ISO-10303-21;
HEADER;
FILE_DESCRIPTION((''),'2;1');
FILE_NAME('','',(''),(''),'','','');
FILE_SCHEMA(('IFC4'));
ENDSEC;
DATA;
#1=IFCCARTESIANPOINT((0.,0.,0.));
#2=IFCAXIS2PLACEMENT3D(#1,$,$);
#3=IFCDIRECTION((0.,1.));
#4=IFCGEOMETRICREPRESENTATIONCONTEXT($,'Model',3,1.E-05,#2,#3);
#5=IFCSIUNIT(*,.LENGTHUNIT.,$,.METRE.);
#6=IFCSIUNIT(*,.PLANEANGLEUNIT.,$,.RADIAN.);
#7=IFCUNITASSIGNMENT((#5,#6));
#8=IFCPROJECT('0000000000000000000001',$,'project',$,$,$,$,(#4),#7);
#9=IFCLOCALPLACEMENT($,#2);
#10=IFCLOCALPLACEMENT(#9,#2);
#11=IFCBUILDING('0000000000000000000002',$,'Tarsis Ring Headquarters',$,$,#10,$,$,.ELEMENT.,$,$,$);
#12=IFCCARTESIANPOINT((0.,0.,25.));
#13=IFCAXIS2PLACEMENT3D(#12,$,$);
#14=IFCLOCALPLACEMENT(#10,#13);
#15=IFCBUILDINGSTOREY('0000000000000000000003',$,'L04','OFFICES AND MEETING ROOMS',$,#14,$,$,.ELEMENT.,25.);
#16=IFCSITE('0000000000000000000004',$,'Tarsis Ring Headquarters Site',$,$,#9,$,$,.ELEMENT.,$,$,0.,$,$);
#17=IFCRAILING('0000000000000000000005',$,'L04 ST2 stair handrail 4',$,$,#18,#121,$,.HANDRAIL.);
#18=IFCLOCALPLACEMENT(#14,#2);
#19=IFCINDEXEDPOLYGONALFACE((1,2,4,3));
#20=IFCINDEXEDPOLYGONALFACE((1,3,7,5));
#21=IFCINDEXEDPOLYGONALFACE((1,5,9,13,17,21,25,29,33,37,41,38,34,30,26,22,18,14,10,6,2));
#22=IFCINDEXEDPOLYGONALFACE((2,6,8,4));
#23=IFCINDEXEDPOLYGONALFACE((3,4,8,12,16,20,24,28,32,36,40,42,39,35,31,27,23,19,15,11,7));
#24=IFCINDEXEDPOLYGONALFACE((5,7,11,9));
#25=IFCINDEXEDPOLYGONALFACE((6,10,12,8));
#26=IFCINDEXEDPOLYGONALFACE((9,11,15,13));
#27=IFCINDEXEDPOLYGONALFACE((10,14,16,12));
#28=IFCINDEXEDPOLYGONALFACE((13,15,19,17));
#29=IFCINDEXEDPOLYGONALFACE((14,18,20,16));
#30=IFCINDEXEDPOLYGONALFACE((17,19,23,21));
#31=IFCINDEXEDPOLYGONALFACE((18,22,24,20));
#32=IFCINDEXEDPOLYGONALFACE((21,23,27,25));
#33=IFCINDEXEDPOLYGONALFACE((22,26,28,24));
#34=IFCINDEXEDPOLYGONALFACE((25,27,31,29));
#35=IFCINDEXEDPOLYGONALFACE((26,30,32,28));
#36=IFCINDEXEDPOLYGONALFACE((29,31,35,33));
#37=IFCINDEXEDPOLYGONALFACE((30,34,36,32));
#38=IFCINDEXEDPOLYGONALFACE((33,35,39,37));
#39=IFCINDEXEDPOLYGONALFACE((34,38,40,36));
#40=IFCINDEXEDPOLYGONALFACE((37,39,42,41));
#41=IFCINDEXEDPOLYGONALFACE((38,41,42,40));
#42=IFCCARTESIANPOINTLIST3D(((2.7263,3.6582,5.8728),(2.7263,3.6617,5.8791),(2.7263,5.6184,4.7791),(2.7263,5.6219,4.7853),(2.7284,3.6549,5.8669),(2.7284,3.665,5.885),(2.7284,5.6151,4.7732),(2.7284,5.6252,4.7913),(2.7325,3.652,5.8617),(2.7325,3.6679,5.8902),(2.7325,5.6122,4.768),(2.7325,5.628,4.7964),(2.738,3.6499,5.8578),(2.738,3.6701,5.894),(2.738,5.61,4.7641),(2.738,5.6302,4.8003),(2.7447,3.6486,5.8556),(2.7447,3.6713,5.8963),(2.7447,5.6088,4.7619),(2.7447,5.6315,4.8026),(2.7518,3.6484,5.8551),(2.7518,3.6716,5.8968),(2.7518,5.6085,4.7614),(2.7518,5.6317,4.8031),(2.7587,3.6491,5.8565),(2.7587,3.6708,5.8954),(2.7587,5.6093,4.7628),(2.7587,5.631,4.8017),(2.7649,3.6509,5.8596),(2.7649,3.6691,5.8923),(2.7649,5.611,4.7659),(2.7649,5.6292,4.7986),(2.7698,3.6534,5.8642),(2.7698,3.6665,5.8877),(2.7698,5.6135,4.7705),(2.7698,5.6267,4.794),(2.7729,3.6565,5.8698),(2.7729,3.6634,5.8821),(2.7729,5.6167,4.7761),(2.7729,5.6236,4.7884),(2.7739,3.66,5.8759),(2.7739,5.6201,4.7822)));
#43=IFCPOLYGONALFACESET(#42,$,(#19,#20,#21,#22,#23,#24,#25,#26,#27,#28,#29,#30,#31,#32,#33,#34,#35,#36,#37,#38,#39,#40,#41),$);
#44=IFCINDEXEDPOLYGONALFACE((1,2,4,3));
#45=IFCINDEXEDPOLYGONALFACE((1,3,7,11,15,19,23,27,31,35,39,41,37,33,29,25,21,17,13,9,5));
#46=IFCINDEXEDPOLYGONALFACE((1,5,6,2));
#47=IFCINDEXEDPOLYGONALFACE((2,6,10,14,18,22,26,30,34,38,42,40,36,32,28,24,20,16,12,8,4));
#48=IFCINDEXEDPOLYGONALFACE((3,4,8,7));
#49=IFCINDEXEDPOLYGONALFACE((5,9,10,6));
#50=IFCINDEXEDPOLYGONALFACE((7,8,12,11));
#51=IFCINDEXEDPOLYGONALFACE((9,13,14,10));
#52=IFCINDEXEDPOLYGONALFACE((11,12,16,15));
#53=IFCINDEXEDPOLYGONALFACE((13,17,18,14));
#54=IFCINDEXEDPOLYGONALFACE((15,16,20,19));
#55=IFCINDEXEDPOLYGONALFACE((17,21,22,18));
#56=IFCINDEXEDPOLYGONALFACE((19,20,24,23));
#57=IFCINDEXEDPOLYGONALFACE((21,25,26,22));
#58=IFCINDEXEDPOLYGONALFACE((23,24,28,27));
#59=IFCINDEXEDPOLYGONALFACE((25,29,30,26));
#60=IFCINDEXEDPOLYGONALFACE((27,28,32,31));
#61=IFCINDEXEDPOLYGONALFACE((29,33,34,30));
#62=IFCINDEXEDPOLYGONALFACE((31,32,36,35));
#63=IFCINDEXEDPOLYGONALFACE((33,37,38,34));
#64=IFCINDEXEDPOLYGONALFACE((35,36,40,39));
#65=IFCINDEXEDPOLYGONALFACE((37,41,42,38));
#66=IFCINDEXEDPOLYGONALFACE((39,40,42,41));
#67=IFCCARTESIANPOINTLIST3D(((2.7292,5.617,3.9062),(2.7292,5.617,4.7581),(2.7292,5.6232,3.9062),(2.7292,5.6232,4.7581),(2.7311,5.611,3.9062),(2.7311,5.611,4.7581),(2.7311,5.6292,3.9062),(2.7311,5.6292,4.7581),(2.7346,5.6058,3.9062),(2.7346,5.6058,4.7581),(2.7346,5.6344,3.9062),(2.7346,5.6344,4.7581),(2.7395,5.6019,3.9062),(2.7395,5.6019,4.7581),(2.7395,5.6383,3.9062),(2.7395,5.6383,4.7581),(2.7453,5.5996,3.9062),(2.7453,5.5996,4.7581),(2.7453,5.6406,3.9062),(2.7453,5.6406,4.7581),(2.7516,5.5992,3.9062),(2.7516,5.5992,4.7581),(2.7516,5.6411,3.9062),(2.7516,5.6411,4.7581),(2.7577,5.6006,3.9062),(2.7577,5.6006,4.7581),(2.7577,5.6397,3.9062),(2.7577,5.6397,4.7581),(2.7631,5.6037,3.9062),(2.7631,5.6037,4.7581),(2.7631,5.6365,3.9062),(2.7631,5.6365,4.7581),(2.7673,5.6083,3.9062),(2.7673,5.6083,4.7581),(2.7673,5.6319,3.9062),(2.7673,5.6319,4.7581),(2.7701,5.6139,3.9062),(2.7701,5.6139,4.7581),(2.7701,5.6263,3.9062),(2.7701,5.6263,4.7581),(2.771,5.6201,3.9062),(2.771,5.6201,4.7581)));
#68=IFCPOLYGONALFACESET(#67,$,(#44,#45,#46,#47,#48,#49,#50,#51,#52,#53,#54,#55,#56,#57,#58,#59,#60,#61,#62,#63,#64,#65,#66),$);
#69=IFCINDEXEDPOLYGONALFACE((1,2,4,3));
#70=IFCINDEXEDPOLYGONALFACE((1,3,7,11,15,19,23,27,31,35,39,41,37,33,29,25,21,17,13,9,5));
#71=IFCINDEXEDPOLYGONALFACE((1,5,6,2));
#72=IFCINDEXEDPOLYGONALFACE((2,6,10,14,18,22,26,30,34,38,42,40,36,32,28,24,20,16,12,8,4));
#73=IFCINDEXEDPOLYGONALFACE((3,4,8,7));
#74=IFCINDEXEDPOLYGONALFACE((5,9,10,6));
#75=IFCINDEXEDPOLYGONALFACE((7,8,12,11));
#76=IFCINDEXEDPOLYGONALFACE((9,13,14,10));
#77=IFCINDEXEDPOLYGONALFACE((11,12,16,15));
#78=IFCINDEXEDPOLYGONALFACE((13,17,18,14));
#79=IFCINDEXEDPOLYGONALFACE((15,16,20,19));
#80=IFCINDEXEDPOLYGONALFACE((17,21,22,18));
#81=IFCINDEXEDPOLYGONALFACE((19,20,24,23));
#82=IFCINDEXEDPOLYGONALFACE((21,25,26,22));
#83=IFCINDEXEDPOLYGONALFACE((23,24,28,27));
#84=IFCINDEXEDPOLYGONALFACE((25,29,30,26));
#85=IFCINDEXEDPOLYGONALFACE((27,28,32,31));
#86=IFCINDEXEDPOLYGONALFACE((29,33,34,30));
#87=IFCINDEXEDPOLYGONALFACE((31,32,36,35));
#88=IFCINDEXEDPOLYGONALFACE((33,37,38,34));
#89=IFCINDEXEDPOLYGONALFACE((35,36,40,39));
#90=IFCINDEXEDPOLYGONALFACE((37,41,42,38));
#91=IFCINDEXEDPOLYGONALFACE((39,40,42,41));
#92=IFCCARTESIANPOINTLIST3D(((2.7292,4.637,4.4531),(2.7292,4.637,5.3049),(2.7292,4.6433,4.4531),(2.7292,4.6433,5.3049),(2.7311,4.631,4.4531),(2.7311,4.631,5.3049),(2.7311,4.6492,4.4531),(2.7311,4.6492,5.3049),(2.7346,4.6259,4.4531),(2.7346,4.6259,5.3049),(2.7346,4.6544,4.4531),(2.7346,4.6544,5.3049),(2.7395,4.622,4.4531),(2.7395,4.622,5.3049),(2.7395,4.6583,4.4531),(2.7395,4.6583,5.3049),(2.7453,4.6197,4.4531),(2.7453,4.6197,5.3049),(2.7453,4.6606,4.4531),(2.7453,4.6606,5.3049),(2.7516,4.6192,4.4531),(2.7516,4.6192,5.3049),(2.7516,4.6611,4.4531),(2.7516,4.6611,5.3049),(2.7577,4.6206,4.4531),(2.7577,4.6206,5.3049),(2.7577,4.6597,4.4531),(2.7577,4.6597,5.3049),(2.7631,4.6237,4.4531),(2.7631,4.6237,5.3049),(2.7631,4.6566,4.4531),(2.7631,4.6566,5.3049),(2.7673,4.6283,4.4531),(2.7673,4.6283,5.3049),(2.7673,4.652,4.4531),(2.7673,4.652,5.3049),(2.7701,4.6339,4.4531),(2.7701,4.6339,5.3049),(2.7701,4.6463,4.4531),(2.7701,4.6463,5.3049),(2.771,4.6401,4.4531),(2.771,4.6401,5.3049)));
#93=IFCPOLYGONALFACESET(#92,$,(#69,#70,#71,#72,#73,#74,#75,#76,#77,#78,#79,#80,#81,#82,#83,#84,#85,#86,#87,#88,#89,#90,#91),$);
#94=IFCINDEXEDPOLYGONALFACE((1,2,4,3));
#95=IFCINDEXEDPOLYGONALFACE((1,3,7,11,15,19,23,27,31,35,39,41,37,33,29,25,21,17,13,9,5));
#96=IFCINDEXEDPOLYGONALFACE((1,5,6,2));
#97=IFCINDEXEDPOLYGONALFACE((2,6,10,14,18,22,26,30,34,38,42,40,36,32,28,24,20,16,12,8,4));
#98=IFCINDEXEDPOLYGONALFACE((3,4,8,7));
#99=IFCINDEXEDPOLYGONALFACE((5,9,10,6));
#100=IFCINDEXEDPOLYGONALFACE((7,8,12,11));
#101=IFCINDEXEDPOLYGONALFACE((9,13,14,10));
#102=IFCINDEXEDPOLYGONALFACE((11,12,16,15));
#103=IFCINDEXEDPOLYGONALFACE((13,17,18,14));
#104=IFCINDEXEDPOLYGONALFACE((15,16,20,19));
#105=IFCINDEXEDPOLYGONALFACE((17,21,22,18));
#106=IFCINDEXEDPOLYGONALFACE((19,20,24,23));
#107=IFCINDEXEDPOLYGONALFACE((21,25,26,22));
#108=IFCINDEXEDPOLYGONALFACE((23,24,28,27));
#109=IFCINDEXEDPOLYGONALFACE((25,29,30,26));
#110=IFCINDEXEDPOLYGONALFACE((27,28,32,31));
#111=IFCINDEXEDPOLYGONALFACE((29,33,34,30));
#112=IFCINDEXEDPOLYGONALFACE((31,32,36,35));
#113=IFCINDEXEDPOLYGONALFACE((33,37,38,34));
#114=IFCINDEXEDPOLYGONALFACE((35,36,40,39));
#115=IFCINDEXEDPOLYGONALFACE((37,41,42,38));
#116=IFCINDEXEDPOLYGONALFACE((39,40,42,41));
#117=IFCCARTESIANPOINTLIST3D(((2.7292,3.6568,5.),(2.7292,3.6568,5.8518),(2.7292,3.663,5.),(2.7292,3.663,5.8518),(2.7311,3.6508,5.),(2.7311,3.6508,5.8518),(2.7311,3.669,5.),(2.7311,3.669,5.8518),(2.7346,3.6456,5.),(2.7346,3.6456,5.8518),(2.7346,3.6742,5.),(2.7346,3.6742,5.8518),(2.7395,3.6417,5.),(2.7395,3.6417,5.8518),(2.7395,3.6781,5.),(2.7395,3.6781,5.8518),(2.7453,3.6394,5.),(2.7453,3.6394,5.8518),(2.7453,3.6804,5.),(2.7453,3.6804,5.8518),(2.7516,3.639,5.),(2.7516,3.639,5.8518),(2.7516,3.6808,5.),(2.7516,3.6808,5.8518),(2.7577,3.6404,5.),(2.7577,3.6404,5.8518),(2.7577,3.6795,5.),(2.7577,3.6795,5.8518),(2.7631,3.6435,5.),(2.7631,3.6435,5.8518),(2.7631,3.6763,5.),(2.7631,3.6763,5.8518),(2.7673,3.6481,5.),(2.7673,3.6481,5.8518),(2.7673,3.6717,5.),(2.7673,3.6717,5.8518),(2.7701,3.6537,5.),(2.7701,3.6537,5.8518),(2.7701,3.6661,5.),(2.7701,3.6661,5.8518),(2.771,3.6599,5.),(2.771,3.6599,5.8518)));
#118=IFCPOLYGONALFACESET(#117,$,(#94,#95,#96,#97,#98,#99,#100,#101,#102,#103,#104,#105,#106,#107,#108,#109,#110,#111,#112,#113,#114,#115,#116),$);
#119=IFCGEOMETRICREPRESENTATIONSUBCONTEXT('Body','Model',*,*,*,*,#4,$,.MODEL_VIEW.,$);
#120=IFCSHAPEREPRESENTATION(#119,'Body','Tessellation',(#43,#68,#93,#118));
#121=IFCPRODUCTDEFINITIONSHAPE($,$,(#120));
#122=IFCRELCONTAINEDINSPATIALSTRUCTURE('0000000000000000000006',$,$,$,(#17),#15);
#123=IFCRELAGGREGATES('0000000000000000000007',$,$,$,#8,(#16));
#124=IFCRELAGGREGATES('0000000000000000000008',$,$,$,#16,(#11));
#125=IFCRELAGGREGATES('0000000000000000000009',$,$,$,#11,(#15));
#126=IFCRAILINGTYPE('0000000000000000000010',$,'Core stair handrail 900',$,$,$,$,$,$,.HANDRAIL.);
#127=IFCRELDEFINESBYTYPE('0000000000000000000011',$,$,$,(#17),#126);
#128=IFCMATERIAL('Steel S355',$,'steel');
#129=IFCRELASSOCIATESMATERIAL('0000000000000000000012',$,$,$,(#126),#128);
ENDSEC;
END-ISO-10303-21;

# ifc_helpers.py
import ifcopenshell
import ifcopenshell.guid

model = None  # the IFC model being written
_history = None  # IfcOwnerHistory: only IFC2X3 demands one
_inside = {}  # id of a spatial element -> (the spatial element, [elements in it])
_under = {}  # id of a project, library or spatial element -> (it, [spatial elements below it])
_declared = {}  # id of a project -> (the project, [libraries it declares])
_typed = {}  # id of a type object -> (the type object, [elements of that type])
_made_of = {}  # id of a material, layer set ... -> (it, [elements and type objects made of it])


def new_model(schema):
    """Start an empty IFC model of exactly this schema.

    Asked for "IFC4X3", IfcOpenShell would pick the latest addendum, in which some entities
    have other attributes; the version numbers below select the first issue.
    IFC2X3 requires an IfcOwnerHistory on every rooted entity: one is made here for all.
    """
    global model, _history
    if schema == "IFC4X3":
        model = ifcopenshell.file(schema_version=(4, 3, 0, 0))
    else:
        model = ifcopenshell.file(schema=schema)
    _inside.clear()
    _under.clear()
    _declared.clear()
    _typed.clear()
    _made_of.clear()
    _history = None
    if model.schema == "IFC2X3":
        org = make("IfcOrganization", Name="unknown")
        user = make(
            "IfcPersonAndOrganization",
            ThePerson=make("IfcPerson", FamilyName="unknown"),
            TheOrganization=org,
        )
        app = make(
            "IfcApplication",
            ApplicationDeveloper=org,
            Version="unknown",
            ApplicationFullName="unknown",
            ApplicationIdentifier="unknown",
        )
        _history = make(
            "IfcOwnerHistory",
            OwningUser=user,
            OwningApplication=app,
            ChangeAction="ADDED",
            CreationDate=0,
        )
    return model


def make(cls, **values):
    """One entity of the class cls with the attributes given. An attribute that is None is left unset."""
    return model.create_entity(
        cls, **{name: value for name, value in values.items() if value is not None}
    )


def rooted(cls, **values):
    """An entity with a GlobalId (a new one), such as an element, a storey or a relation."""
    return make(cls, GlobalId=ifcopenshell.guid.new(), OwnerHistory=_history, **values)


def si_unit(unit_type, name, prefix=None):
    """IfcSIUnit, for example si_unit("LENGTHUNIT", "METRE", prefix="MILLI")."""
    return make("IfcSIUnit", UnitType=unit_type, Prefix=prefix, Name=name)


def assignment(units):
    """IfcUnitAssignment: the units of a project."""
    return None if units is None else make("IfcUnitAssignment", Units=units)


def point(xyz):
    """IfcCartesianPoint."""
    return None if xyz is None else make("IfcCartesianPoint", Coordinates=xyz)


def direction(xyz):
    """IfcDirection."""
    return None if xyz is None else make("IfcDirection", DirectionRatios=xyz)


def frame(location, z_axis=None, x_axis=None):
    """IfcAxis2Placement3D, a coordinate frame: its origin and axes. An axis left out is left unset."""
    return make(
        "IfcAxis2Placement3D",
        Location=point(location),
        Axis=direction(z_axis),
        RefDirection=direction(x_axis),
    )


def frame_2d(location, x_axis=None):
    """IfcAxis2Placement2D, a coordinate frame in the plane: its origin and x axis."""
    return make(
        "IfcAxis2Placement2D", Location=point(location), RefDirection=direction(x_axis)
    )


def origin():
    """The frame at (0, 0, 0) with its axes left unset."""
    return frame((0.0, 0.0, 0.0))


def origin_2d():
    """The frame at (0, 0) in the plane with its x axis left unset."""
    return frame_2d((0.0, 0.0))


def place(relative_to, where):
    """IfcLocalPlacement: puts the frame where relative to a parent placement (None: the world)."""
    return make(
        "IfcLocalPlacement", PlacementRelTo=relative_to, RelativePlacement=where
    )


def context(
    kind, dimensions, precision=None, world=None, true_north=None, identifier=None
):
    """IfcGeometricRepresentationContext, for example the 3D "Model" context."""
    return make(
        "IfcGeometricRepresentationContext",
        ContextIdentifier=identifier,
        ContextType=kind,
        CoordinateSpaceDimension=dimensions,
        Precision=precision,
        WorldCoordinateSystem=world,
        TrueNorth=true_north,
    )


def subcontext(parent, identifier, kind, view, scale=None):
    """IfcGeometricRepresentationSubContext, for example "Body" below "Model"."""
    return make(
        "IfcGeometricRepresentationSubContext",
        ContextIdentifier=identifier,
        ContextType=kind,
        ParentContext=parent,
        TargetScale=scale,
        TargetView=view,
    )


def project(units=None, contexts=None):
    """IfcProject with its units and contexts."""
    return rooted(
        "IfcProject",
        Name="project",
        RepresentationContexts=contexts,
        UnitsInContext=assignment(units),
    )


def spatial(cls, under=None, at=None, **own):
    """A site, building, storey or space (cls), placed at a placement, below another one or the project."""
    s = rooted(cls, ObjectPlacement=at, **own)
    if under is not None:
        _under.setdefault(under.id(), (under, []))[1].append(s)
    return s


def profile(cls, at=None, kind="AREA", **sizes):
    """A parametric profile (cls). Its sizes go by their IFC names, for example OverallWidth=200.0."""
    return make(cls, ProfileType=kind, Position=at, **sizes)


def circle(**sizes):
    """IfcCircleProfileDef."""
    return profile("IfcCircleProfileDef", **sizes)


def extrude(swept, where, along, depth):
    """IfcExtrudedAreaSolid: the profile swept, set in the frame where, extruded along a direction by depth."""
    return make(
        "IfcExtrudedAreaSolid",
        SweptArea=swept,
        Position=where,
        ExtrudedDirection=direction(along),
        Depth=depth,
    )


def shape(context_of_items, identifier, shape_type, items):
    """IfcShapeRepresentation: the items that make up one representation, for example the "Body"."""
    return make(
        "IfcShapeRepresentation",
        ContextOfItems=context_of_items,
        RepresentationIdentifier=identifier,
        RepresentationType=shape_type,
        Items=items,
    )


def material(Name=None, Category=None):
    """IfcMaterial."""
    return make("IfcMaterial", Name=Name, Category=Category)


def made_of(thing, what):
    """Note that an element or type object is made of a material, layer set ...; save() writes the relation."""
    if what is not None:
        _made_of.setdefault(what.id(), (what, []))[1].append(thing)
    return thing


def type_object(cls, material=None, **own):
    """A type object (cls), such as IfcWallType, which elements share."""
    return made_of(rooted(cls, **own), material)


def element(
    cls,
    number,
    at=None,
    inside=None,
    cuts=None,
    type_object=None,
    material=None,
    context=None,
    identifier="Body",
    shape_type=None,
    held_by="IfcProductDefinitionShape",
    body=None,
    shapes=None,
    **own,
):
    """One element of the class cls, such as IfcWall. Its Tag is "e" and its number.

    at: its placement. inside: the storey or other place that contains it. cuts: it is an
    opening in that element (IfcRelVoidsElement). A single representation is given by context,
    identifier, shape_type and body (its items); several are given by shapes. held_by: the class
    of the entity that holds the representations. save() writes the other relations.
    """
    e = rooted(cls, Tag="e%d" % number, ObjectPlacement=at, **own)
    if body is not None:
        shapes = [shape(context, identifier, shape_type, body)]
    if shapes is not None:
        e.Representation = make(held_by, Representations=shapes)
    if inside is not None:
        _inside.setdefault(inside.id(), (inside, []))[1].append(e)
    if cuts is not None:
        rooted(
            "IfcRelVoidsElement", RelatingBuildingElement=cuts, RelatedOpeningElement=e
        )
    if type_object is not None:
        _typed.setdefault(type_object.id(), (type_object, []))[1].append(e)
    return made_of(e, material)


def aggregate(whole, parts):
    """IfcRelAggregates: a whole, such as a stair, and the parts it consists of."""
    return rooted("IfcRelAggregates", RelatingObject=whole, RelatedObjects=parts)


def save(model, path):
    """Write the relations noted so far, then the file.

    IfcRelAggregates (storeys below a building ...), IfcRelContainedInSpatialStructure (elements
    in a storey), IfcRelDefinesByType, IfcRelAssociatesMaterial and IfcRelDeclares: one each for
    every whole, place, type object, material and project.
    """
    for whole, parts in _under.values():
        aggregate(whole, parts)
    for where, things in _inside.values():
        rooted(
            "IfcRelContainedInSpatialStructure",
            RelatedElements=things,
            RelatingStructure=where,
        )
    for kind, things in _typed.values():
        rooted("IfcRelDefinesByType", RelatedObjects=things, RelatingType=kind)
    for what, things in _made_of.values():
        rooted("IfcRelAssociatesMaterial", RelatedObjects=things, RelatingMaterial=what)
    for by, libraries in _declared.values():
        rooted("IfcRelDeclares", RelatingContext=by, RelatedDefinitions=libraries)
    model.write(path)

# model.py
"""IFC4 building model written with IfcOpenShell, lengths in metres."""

from ifc_helpers import new_model, si_unit, direction, frame, origin, origin_2d, place, context, subcontext, project, spatial, circle, extrude, material, type_object, element, save


model = new_model("IFC4")

# Units and contexts
model_context = context("Model", 3, precision=1e-05, world=origin(), true_north=direction((0.0, 1.0)))
body_context = subcontext(model_context, "Body", "Model", "MODEL_VIEW")
ifc_project = project(units=[si_unit("LENGTHUNIT", "METRE"), si_unit("PLANEANGLEUNIT", "RADIAN")], contexts=[model_context])

# Site, building, storey
site_placement = place(None, origin())
site = spatial("IfcSite", under=ifc_project, at=site_placement, Name="Tarsis Ring Headquarters Site", CompositionType="ELEMENT", RefElevation=0.0)
building_placement = place(site_placement, origin())
building = spatial("IfcBuilding", under=site, at=building_placement, Name="Tarsis Ring Headquarters", CompositionType="ELEMENT")
storey_placement = place(building_placement, frame((0.0, 0.0, 25.0)))
storey = spatial("IfcBuildingStorey", under=building, at=storey_placement, Name="L04", Description="OFFICES AND MEETING ROOMS", CompositionType="ELEMENT", Elevation=25.0)

# Railing
ifc_material_1 = material(Name="Steel S355", Category="steel")
railing_type_1 = type_object("IfcRailingType", Name="Core stair handrail 900", PredefinedType="HANDRAIL", material=ifc_material_1)
railing_1_placement = place(storey_placement, frame((2.75, 5.6201, 3.9062)))
element("IfcRailing", 1, at=railing_1_placement, inside=storey, type_object=railing_type_1, Name="L04 ST2 stair handrail 4", PredefinedType="HANDRAIL", context=body_context, shape_type="SweptSolid", body=[
    extrude(circle(Radius=0.0239, at=origin_2d()), frame((0.0, 0.0, 0.876), z_axis=(0.0, -0.873258, 0.487258), x_axis=(1.0, 0.0, 0.0)), (0.0, 0.0, 1.0), 2.2446),
    extrude(circle(Radius=0.021, at=origin_2d()), origin(), (0.0, 0.0, 1.0), 0.8518),
    extrude(circle(Radius=0.021, at=origin_2d()), frame((0.0, -0.98, 0.5469)), (0.0, 0.0, 1.0), 0.8518),
    extrude(circle(Radius=0.021, at=origin_2d()), frame((0.0, -1.9602, 1.0938)), (0.0, 0.0, 1.0), 0.8518),
])

save(model, "model.ifc")
